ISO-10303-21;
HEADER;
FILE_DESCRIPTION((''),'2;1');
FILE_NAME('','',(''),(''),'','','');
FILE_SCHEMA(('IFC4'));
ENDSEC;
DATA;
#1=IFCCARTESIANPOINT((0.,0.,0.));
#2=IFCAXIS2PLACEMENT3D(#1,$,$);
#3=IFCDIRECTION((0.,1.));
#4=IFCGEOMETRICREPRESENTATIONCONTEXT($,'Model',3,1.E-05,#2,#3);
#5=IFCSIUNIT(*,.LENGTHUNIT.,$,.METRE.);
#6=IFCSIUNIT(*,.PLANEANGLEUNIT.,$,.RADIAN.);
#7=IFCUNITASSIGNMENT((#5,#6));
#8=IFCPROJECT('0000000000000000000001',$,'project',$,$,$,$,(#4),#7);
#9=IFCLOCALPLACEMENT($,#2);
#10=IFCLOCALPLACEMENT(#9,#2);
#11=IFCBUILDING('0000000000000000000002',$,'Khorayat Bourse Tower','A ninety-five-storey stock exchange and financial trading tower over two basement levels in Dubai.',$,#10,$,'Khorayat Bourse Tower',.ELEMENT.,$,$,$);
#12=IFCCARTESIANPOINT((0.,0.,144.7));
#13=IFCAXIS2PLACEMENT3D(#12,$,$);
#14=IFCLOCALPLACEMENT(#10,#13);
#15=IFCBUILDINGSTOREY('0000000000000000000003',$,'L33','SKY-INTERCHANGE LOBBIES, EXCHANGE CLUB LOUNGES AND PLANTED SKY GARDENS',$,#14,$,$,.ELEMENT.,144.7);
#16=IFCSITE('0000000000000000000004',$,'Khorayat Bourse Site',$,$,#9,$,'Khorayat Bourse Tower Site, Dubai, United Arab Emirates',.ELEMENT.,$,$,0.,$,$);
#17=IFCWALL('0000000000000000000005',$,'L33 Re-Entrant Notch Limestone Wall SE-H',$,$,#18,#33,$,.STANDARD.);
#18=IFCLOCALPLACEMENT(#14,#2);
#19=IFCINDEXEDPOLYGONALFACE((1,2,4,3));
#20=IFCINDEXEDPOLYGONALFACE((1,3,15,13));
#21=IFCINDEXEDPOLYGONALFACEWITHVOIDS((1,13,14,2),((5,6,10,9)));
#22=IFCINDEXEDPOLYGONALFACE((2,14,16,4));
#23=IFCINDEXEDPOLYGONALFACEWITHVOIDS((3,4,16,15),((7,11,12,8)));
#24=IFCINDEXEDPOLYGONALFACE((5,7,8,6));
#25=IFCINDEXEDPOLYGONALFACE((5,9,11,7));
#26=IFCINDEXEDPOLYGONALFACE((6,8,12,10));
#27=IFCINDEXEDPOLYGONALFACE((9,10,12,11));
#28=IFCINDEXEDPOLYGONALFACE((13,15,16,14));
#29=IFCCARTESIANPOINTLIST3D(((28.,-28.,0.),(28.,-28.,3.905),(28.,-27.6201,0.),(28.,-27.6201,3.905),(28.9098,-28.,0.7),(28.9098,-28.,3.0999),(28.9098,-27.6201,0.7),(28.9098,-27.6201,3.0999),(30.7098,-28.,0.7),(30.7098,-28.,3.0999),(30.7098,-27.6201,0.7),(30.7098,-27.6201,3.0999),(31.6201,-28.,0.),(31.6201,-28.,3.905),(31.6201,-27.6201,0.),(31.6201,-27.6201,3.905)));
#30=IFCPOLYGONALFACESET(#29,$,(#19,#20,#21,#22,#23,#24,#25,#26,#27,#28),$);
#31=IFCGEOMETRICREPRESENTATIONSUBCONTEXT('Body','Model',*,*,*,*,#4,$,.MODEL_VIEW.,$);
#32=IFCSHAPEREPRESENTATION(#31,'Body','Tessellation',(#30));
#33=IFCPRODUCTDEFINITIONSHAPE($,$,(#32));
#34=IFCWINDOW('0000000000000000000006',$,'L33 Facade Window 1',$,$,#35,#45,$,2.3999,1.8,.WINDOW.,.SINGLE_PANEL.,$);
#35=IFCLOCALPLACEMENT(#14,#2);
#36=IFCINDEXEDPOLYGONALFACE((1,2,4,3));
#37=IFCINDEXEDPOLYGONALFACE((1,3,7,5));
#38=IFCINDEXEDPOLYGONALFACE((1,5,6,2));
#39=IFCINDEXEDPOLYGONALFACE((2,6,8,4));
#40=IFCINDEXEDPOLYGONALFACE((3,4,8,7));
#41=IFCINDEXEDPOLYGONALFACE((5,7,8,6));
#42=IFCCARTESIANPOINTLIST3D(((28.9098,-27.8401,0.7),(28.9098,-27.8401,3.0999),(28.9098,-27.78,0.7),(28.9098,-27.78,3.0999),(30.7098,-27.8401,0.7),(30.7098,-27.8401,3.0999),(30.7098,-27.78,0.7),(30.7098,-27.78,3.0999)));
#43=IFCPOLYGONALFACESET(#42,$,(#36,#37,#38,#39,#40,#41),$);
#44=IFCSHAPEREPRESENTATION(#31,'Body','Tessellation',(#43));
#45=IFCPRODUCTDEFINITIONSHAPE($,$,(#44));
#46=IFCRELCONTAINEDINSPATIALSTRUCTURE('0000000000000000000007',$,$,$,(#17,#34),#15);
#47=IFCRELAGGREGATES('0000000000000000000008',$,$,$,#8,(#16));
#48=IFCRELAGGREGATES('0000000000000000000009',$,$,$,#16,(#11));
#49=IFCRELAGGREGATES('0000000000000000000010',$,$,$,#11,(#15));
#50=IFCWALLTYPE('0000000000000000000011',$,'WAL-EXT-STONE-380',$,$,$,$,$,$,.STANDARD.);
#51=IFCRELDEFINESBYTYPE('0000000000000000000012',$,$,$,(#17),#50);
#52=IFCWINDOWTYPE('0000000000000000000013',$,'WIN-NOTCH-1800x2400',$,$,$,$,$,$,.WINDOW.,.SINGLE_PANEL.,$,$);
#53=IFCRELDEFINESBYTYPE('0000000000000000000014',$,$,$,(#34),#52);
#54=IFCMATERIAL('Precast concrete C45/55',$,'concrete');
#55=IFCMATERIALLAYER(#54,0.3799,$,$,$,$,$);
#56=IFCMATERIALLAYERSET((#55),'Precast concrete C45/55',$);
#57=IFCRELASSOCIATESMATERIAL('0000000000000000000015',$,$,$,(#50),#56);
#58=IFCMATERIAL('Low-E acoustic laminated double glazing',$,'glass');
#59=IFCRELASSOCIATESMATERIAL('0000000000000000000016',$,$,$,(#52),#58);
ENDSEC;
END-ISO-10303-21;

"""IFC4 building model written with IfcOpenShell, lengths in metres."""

from ifc_helpers import new_model, si_unit, direction, frame, frame_2d, origin, place, context, subcontext, project, spatial, rectangle, extrude, source, transform, mapped, material, layer, layer_set, type_object, element, fill, save


model = new_model("IFC4")

# Units and contexts
model_context = context("Model", 3, precision=1e-05, world=origin(), true_north=direction((0.0, 1.0)))
body_context = subcontext(model_context, "Body", "Model", "MODEL_VIEW")
ifc_project = project(units=[si_unit("LENGTHUNIT", "METRE"), si_unit("PLANEANGLEUNIT", "RADIAN")], contexts=[model_context])

# Site, building, storey
site_placement = place(None, origin())
site = spatial("IfcSite", under=ifc_project, at=site_placement, Name="Khorayat Bourse Site", LongName="Khorayat Bourse Tower Site, Dubai, United Arab Emirates", CompositionType="ELEMENT", RefElevation=0.0)
building_placement = place(site_placement, origin())
building = spatial("IfcBuilding", under=site, at=building_placement, Name="Khorayat Bourse Tower", Description="A ninety-five-storey stock exchange and financial trading tower over two basement levels in Dubai.", LongName="Khorayat Bourse Tower", CompositionType="ELEMENT")
storey_placement = place(building_placement, frame((0.0, 0.0, 144.7)))
storey = spatial("IfcBuildingStorey", under=building, at=storey_placement, Name="L33", Description="SKY-INTERCHANGE LOBBIES, EXCHANGE CLUB LOUNGES AND PLANTED SKY GARDENS", CompositionType="ELEMENT", Elevation=144.7)

# Wall, opening, window
ifc_material_1 = material(Name="Precast concrete C45/55", Category="concrete")
ifc_layer_1 = layer(ifc_material_1, 0.3799)
ifc_layer_set_1 = layer_set([ifc_layer_1], Name="Precast concrete C45/55")
wall_type = type_object("IfcWallType", Name="WAL-EXT-STONE-380", PredefinedType="STANDARD", material=ifc_layer_set_1)
shared_shape_1 = source(origin(), body_context, "Body", "SweptSolid", [
    extrude(rectangle(XDim=3.6201, YDim=0.3799, at=frame_2d((1.8101, 0.0))), origin(), (0.0, 0.0, 1.0), 3.905),
])
shared_shape_2 = source(origin(), body_context, "Body", "SweptSolid", [
    extrude(rectangle(XDim=1.8, YDim=2.3999, at=frame_2d((0.8999, 1.2))), frame((0.0, 0.2, 0.0), z_axis=(0.0, -1.0, 0.0), x_axis=(1.0, 0.0, 0.0)), (0.0, 0.0, 1.0), 0.3999),
])
ifc_material_2 = material(Name="Low-E acoustic laminated double glazing", Category="glass")
window_type = type_object("IfcWindowType", Name="WIN-NOTCH-1800x2400", PartitioningType="SINGLE_PANEL", PredefinedType="WINDOW", material=ifc_material_2)
shared_shape_3 = source(origin(), body_context, "Body", "SweptSolid", [
    extrude(rectangle(XDim=1.8, YDim=2.3999, at=frame_2d((0.8999, 1.2))), frame((0.0, 0.03, 0.0), z_axis=(0.0, -1.0, 0.0), x_axis=(1.0, 0.0, 0.0)), (0.0, 0.0, 1.0), 0.0601),
])
wall_1_placement = place(storey_placement, frame((28.0, -27.8101, 0.0), z_axis=(0.0, 0.0, 1.0), x_axis=(1.0, 0.0, 0.0)))
wall_1 = element("IfcWall", 1, at=wall_1_placement, inside=storey, type_object=wall_type, Name="L33 Re-Entrant Notch Limestone Wall SE-H", PredefinedType="STANDARD", context=body_context, shape_type="MappedRepresentation", body=[
    mapped(shared_shape_1, transform((0.0, 0.0, 0.0), scale=1.0)),
])
opening_1_placement = place(wall_1_placement, frame((0.9099, 0.0, 0.7)))
opening_1 = element("IfcOpeningElement", 2, at=opening_1_placement, cuts=wall_1, PredefinedType="OPENING", context=body_context, shape_type="MappedRepresentation", body=[
    mapped(shared_shape_2, transform((0.0, 0.0, 0.0), scale=1.0)),
])
window_1_placement = place(opening_1_placement, origin())
window_1 = element("IfcWindow", 3, at=window_1_placement, inside=storey, type_object=window_type, Name="L33 Facade Window 1", OverallHeight=2.3999, OverallWidth=1.8, PartitioningType="SINGLE_PANEL", PredefinedType="WINDOW", context=body_context, shape_type="MappedRepresentation", body=[
    mapped(shared_shape_3, transform((0.0, 0.0, 0.0), scale=1.0)),
])
fill(opening_1, window_1)

save(model, "model.ifc")
